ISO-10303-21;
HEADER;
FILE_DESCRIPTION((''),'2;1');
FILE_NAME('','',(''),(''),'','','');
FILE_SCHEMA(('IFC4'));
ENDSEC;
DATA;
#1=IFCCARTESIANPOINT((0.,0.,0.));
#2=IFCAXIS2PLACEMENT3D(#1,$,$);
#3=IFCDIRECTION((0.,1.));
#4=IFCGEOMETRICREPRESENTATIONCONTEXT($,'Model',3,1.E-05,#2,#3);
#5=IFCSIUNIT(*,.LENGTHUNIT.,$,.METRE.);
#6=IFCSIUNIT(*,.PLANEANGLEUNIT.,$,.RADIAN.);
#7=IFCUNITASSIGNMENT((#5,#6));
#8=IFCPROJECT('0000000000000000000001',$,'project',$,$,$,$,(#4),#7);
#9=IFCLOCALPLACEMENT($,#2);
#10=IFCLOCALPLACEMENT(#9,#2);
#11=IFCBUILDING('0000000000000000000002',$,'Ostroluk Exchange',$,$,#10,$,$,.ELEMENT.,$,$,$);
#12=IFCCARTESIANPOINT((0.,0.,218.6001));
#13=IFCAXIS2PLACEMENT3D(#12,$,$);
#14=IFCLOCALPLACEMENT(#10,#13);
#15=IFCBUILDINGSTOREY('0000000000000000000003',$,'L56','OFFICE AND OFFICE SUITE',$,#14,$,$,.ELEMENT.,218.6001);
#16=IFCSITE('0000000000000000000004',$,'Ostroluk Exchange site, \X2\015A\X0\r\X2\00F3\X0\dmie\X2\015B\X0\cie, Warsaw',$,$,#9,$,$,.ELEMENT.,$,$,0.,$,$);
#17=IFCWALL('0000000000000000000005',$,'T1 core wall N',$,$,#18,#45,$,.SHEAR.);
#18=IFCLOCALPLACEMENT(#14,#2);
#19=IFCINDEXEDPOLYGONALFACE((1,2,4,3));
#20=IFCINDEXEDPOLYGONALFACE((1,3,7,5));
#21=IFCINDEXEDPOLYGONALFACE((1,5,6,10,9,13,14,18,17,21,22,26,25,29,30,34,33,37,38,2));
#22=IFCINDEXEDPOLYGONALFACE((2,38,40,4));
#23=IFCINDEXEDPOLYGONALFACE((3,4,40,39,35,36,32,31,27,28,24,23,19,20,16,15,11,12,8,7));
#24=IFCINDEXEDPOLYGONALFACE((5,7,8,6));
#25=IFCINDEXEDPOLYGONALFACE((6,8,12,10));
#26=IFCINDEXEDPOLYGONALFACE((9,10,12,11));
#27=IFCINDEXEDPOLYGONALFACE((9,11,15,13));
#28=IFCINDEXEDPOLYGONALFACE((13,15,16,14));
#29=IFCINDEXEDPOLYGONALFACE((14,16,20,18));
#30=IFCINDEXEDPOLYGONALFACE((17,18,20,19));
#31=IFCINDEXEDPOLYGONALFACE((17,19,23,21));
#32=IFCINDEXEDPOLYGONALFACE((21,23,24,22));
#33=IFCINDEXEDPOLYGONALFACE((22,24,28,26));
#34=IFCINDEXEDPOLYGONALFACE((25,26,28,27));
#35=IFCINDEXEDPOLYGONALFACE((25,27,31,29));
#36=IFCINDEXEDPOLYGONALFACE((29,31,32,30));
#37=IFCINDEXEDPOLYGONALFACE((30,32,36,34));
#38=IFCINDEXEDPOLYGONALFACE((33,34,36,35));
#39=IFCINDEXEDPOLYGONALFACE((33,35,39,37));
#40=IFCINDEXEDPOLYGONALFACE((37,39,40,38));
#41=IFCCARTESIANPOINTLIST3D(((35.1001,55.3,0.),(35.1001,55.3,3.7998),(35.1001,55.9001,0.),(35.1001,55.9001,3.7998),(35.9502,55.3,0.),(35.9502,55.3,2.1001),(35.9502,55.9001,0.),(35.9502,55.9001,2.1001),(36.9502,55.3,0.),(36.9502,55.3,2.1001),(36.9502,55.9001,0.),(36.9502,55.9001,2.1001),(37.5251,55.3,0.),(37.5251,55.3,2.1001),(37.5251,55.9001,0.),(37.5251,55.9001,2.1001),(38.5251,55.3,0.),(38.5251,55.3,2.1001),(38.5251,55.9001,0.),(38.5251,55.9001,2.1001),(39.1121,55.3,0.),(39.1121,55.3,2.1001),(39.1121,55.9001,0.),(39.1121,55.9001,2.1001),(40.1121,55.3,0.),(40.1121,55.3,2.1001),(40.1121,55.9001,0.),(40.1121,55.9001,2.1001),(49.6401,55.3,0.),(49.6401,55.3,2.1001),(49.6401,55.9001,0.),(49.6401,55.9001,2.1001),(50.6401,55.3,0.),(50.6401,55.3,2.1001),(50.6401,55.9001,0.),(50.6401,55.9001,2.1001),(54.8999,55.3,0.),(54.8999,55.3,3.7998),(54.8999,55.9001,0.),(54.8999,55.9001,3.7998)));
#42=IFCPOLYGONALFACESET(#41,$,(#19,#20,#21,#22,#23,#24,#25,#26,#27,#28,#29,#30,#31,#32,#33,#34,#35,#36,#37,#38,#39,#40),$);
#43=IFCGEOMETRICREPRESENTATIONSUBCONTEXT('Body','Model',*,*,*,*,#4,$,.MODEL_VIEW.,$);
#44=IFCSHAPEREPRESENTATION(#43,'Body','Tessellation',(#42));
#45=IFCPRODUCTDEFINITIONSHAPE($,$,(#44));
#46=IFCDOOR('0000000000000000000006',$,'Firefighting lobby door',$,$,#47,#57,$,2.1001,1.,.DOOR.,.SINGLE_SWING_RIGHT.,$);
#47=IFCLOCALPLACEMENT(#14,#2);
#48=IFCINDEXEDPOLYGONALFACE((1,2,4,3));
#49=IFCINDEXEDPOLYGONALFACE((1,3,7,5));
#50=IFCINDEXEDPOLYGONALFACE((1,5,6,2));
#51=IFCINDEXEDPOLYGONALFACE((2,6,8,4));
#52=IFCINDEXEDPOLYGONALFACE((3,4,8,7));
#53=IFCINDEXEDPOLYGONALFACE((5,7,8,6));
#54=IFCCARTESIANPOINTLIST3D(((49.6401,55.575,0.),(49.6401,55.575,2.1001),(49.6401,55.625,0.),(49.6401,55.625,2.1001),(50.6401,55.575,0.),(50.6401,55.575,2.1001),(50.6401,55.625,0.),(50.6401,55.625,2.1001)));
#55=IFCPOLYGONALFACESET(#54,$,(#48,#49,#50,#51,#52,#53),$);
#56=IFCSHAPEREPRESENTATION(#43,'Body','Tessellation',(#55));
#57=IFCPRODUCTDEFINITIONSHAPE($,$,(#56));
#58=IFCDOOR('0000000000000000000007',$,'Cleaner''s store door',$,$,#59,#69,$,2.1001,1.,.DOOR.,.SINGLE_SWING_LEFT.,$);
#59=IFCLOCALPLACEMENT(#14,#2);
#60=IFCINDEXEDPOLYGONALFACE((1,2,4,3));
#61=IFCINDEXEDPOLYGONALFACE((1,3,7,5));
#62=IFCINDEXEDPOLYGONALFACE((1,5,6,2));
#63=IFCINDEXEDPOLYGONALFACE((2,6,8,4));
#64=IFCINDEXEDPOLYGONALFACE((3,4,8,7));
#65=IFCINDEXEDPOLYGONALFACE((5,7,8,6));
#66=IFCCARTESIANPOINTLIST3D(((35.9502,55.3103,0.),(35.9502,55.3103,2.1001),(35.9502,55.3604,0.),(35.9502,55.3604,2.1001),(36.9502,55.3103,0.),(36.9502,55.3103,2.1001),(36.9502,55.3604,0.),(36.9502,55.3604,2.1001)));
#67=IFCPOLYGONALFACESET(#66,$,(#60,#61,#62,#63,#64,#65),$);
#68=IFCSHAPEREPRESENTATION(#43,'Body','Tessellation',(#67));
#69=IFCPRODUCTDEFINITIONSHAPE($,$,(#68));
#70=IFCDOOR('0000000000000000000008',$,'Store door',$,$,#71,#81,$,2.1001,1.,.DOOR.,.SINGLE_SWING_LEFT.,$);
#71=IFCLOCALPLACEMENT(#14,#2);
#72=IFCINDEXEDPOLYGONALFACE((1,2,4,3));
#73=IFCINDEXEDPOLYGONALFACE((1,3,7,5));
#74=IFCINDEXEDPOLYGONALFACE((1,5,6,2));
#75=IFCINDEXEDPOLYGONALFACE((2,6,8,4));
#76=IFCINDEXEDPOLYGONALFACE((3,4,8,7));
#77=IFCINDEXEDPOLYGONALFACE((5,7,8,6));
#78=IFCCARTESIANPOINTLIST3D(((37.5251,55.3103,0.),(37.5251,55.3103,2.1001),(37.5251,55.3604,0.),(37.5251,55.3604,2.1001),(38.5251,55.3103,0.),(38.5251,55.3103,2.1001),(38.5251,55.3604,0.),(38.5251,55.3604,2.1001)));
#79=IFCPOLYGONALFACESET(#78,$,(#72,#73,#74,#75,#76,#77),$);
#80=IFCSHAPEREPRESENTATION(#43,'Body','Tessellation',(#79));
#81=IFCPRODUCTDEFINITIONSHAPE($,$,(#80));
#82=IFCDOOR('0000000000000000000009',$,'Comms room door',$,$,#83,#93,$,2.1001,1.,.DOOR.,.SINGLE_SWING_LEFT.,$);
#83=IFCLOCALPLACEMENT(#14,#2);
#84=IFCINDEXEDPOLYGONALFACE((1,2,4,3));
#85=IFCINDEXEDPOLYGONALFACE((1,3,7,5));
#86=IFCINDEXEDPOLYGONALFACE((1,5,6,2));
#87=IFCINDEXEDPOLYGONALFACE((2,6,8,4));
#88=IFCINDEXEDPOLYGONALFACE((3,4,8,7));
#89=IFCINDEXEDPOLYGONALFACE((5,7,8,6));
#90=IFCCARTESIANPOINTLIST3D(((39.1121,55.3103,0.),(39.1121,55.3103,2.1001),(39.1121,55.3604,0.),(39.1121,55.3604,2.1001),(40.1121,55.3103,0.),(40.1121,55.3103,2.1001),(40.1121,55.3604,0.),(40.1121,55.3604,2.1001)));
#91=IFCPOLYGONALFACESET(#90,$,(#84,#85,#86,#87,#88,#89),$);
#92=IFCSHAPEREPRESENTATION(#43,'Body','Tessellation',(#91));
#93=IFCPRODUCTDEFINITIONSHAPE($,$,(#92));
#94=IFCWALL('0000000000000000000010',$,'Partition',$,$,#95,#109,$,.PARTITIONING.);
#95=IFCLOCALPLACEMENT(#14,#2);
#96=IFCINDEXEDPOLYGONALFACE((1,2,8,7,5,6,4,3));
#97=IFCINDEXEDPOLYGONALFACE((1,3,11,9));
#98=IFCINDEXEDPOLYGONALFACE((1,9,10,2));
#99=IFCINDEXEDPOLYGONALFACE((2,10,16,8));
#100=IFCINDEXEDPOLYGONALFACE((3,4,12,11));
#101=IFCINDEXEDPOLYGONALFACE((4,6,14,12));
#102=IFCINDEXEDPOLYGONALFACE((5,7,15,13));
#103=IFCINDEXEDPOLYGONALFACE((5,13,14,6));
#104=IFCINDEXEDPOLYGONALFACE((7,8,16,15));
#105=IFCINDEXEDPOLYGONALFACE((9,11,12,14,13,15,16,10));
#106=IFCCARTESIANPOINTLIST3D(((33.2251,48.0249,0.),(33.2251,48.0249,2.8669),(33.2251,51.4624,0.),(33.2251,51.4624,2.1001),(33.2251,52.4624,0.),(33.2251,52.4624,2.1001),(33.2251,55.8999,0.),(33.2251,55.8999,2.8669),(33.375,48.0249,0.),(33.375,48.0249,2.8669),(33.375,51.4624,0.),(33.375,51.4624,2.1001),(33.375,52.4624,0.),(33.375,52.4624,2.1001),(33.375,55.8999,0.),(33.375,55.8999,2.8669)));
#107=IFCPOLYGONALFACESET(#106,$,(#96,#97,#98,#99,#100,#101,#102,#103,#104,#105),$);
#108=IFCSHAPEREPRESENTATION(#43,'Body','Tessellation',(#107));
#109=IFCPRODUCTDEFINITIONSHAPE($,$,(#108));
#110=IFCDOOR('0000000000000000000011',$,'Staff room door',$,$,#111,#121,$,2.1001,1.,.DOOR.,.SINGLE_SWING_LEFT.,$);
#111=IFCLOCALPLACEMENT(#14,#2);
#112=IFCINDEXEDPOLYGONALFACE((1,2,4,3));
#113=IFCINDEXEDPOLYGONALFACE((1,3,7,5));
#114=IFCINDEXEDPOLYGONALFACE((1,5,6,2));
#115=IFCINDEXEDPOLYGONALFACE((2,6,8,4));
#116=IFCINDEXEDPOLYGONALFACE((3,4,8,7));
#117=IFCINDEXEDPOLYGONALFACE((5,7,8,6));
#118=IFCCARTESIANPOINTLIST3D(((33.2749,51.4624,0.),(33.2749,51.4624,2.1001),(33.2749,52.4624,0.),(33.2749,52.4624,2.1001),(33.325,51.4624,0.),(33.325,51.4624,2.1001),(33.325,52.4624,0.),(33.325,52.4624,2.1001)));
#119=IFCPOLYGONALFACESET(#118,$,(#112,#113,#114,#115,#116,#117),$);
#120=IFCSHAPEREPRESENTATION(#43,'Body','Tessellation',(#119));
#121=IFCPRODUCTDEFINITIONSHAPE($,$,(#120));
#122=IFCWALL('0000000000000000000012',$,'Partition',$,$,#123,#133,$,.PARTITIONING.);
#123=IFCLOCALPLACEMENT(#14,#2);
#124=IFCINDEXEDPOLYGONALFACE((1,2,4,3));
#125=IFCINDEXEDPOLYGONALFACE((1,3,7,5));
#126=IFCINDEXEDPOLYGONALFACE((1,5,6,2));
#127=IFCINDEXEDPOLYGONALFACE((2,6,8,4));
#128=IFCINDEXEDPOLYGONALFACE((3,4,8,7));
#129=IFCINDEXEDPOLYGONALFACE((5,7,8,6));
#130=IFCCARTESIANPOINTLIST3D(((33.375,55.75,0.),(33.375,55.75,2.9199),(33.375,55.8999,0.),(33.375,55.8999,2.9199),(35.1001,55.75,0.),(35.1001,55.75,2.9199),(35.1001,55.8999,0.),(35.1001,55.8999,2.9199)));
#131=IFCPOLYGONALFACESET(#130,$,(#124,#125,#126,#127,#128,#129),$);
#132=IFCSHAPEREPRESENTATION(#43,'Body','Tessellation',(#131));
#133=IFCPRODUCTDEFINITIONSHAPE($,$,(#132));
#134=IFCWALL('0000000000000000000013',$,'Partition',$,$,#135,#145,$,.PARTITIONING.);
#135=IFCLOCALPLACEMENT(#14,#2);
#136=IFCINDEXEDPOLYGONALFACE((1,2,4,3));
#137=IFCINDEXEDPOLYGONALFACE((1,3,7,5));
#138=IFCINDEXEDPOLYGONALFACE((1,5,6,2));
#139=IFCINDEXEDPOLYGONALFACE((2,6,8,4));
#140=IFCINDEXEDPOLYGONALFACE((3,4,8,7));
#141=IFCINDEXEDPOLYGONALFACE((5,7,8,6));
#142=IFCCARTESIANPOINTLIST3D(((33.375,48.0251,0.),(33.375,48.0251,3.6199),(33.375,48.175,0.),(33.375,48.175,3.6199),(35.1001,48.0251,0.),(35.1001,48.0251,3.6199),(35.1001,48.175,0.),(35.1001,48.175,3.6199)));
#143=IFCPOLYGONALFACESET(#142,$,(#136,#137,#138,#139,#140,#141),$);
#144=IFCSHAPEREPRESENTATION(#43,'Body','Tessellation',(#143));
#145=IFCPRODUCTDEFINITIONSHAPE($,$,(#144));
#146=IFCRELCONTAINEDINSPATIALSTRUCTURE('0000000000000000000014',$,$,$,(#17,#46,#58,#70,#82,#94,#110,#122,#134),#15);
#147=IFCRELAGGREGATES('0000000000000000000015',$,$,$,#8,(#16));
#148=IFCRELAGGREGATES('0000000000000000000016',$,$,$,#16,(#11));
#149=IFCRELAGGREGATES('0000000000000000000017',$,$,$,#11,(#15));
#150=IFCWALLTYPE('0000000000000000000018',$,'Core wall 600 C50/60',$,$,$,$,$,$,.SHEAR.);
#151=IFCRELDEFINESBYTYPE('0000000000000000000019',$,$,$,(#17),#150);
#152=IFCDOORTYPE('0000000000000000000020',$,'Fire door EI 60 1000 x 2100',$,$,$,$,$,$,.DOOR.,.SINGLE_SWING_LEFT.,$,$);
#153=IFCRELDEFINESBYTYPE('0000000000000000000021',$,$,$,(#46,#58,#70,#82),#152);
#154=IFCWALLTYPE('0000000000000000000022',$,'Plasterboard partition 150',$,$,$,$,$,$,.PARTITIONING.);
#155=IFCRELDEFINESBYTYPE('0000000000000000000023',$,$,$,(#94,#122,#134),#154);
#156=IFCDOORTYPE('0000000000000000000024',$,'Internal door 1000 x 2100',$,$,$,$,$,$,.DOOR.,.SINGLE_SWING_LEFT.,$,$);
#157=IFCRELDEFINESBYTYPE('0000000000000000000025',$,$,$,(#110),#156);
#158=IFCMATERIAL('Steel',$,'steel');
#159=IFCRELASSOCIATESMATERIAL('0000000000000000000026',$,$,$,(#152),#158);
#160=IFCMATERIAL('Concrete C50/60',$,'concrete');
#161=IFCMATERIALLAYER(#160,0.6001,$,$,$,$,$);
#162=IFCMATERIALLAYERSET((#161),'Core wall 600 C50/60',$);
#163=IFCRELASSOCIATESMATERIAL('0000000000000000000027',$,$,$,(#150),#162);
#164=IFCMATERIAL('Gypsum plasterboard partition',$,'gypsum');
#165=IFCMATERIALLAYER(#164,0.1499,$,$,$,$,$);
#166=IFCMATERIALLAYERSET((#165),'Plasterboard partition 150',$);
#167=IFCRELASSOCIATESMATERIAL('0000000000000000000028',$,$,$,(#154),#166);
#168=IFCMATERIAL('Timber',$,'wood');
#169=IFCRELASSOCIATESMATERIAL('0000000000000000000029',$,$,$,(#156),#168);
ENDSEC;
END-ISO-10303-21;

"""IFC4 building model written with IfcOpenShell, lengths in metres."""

from ifc_helpers import new_model, si_unit, direction, frame, frame_2d, origin, place, context, subcontext, project, spatial, rectangle, extrude, material, layer, layer_set, type_object, element, fill, save


model = new_model("IFC4")

# Units and contexts
model_context = context("Model", 3, precision=1e-05, world=origin(), true_north=direction((0.0, 1.0)))
body_context = subcontext(model_context, "Body", "Model", "MODEL_VIEW")
ifc_project = project(units=[si_unit("LENGTHUNIT", "METRE"), si_unit("PLANEANGLEUNIT", "RADIAN")], contexts=[model_context])

# Site, building, storey
site_placement = place(None, origin())
site = spatial("IfcSite", under=ifc_project, at=site_placement, Name="Ostroluk Exchange site, Śródmieście, Warsaw", CompositionType="ELEMENT", RefElevation=0.0)
building_placement = place(site_placement, origin())
building = spatial("IfcBuilding", under=site, at=building_placement, Name="Ostroluk Exchange", CompositionType="ELEMENT")
storey_placement = place(building_placement, frame((0.0, 0.0, 218.6001)))
storey = spatial("IfcBuildingStorey", under=building, at=storey_placement, Name="L56", Description="OFFICE AND OFFICE SUITE", CompositionType="ELEMENT", Elevation=218.6001)

# Wall, openings, doors
ifc_material_1 = material(Name="Steel", Category="steel")
door_type_1 = type_object("IfcDoorType", Name="Fire door EI 60 1000 x 2100", OperationType="SINGLE_SWING_LEFT", PredefinedType="DOOR", material=ifc_material_1)
ifc_material_2 = material(Name="Concrete C50/60", Category="concrete")
ifc_layer_1 = layer(ifc_material_2, 0.6001)
ifc_layer_set_1 = layer_set([ifc_layer_1], Name="Core wall 600 C50/60")
wall_type_1 = type_object("IfcWallType", Name="Core wall 600 C50/60", PredefinedType="SHEAR", material=ifc_layer_set_1)
wall_1_placement = place(storey_placement, frame((35.1001, 55.6001, 0.0), z_axis=(0.0, 0.0, 1.0), x_axis=(1.0, 0.0, 0.0)))
wall_1 = element("IfcWall", 1, at=wall_1_placement, inside=storey, type_object=wall_type_1, Name="T1 core wall N", PredefinedType="SHEAR", context=body_context, shape_type="SweptSolid", body=[
    extrude(rectangle(XDim=19.7998, YDim=0.6001, at=frame_2d((9.8999, 0.0))), origin(), (0.0, 0.0, 1.0), 3.7998),
])
opening_1_placement = place(wall_1_placement, frame((14.54, 0.0, 0.0)))
opening_1 = element("IfcOpeningElement", 2, at=opening_1_placement, cuts=wall_1, PredefinedType="OPENING", context=body_context, shape_type="SweptSolid", body=[
    extrude(rectangle(XDim=1.0, YDim=2.1001, at=frame_2d((0.5, 1.05))), frame((0.0, 0.3101, 0.0), z_axis=(0.0, -1.0, 0.0), x_axis=(1.0, 0.0, 0.0)), (0.0, 0.0, 1.0), 0.6201),
])
opening_2_placement = place(wall_1_placement, frame((0.8501, 0.0, 0.0)))
opening_2 = element("IfcOpeningElement", 3, at=opening_2_placement, cuts=wall_1, PredefinedType="OPENING", context=body_context, shape_type="SweptSolid", body=[
    extrude(rectangle(XDim=1.0, YDim=2.1001, at=frame_2d((0.5, 1.05))), frame((0.0, 0.3101, 0.0), z_axis=(0.0, -1.0, 0.0), x_axis=(1.0, 0.0, 0.0)), (0.0, 0.0, 1.0), 0.6201),
])
opening_3_placement = place(wall_1_placement, frame((2.425, 0.0, 0.0)))
opening_3 = element("IfcOpeningElement", 4, at=opening_3_placement, cuts=wall_1, PredefinedType="OPENING", context=body_context, shape_type="SweptSolid", body=[
    extrude(rectangle(XDim=1.0, YDim=2.1001, at=frame_2d((0.5, 1.05))), frame((0.0, 0.3101, 0.0), z_axis=(0.0, -1.0, 0.0), x_axis=(1.0, 0.0, 0.0)), (0.0, 0.0, 1.0), 0.6201),
])
opening_4_placement = place(wall_1_placement, frame((4.012, 0.0, 0.0)))
opening_4 = element("IfcOpeningElement", 5, at=opening_4_placement, cuts=wall_1, PredefinedType="OPENING", context=body_context, shape_type="SweptSolid", body=[
    extrude(rectangle(XDim=1.0, YDim=2.1001, at=frame_2d((0.5, 1.05))), frame((0.0, 0.3101, 0.0), z_axis=(0.0, -1.0, 0.0), x_axis=(1.0, 0.0, 0.0)), (0.0, 0.0, 1.0), 0.6201),
])
door_1_placement = place(opening_1_placement, origin())
door_1 = element("IfcDoor", 6, at=door_1_placement, inside=storey, type_object=door_type_1, Name="Firefighting lobby door", OperationType="SINGLE_SWING_RIGHT", OverallHeight=2.1001, OverallWidth=1.0, PredefinedType="DOOR", context=body_context, shape_type="SweptSolid", body=[
    extrude(rectangle(XDim=1.0, YDim=2.1001, at=frame_2d((0.5, 1.05))), frame((0.0, 0.0249, 0.0), z_axis=(0.0, -1.0, 0.0), x_axis=(1.0, 0.0, 0.0)), (0.0, 0.0, 1.0), 0.05),
])
fill(opening_1, door_1)
door_2_placement = place(opening_2_placement, origin())
door_2 = element("IfcDoor", 7, at=door_2_placement, inside=storey, type_object=door_type_1, Name="Cleaner's store door", OperationType="SINGLE_SWING_LEFT", OverallHeight=2.1001, OverallWidth=1.0, PredefinedType="DOOR", context=body_context, shape_type="SweptSolid", body=[
    extrude(rectangle(XDim=1.0, YDim=2.1001, at=frame_2d((0.5, 1.05))), frame((0.0, -0.2397, 0.0), z_axis=(0.0, -1.0, 0.0), x_axis=(1.0, 0.0, 0.0)), (0.0, 0.0, 1.0), 0.05),
])
fill(opening_2, door_2)
door_3_placement = place(opening_3_placement, origin())
door_3 = element("IfcDoor", 8, at=door_3_placement, inside=storey, type_object=door_type_1, Name="Store door", OperationType="SINGLE_SWING_LEFT", OverallHeight=2.1001, OverallWidth=1.0, PredefinedType="DOOR", context=body_context, shape_type="SweptSolid", body=[
    extrude(rectangle(XDim=1.0, YDim=2.1001, at=frame_2d((0.5, 1.05))), frame((0.0, -0.2397, 0.0), z_axis=(0.0, -1.0, 0.0), x_axis=(1.0, 0.0, 0.0)), (0.0, 0.0, 1.0), 0.05),
])
fill(opening_3, door_3)
door_4_placement = place(opening_4_placement, origin())
door_4 = element("IfcDoor", 9, at=door_4_placement, inside=storey, type_object=door_type_1, Name="Comms room door", OperationType="SINGLE_SWING_LEFT", OverallHeight=2.1001, OverallWidth=1.0, PredefinedType="DOOR", context=body_context, shape_type="SweptSolid", body=[
    extrude(rectangle(XDim=1.0, YDim=2.1001, at=frame_2d((0.5, 1.05))), frame((0.0, -0.2397, 0.0), z_axis=(0.0, -1.0, 0.0), x_axis=(1.0, 0.0, 0.0)), (0.0, 0.0, 1.0), 0.05),
])
fill(opening_4, door_4)

# Wall, opening, door
ifc_material_3 = material(Name="Gypsum plasterboard partition", Category="gypsum")
ifc_layer_2 = layer(ifc_material_3, 0.1499)
ifc_layer_set_2 = layer_set([ifc_layer_2], Name="Plasterboard partition 150")
wall_type_2 = type_object("IfcWallType", Name="Plasterboard partition 150", PredefinedType="PARTITIONING", material=ifc_layer_set_2)
wall_2_placement = place(storey_placement, frame((33.3, 55.8999, 0.0), z_axis=(0.0, 0.0, 1.0), x_axis=(0.0, -1.0, 0.0)))
wall_2 = element("IfcWall", 10, at=wall_2_placement, inside=storey, type_object=wall_type_2, Name="Partition", PredefinedType="PARTITIONING", context=body_context, shape_type="SweptSolid", body=[
    extrude(rectangle(XDim=7.875, YDim=0.1499, at=frame_2d((3.9375, 0.0))), origin(), (0.0, 0.0, 1.0), 2.8669),
])
opening_5_placement = place(wall_2_placement, frame((3.4375, 0.0, 0.0)))
opening_5 = element("IfcOpeningElement", 11, at=opening_5_placement, cuts=wall_2, PredefinedType="OPENING", context=body_context, shape_type="SweptSolid", body=[
    extrude(rectangle(XDim=1.0, YDim=2.1001, at=frame_2d((0.5, 1.05))), frame((0.0, 0.085, 0.0), z_axis=(0.0, -1.0, 0.0), x_axis=(1.0, 0.0, 0.0)), (0.0, 0.0, 1.0), 0.1699),
])
ifc_material_4 = material(Name="Timber", Category="wood")
door_type_2 = type_object("IfcDoorType", Name="Internal door 1000 x 2100", OperationType="SINGLE_SWING_LEFT", PredefinedType="DOOR", material=ifc_material_4)
door_5_placement = place(opening_5_placement, origin())
door_5 = element("IfcDoor", 12, at=door_5_placement, inside=storey, type_object=door_type_2, Name="Staff room door", OperationType="SINGLE_SWING_LEFT", OverallHeight=2.1001, OverallWidth=1.0, PredefinedType="DOOR", context=body_context, shape_type="SweptSolid", body=[
    extrude(rectangle(XDim=1.0, YDim=2.1001, at=frame_2d((0.5, 1.05))), frame((0.0, 0.0249, 0.0), z_axis=(0.0, -1.0, 0.0), x_axis=(1.0, 0.0, 0.0)), (0.0, 0.0, 1.0), 0.05),
])
fill(opening_5, door_5)

# Walls
wall_3_placement = place(storey_placement, frame((35.1001, 55.825, 0.0), z_axis=(0.0, 0.0, 1.0), x_axis=(-1.0, 0.0, 0.0)))
element("IfcWall", 13, at=wall_3_placement, inside=storey, type_object=wall_type_2, Name="Partition", PredefinedType="PARTITIONING", context=body_context, shape_type="SweptSolid", body=[
    extrude(rectangle(XDim=1.7251, YDim=0.1499, at=frame_2d((0.8625, 0.0))), origin(), (0.0, 0.0, 1.0), 2.9199),
])
wall_4_placement = place(storey_placement, frame((35.1001, 48.1001, 0.0), z_axis=(0.0, 0.0, 1.0), x_axis=(-1.0, 0.0, 0.0)))
element("IfcWall", 14, at=wall_4_placement, inside=storey, type_object=wall_type_2, Name="Partition", PredefinedType="PARTITIONING", context=body_context, shape_type="SweptSolid", body=[
    extrude(rectangle(XDim=1.7251, YDim=0.1499, at=frame_2d((0.8625, 0.0))), origin(), (0.0, 0.0, 1.0), 3.6199),
])

save(model, "model.ifc")
